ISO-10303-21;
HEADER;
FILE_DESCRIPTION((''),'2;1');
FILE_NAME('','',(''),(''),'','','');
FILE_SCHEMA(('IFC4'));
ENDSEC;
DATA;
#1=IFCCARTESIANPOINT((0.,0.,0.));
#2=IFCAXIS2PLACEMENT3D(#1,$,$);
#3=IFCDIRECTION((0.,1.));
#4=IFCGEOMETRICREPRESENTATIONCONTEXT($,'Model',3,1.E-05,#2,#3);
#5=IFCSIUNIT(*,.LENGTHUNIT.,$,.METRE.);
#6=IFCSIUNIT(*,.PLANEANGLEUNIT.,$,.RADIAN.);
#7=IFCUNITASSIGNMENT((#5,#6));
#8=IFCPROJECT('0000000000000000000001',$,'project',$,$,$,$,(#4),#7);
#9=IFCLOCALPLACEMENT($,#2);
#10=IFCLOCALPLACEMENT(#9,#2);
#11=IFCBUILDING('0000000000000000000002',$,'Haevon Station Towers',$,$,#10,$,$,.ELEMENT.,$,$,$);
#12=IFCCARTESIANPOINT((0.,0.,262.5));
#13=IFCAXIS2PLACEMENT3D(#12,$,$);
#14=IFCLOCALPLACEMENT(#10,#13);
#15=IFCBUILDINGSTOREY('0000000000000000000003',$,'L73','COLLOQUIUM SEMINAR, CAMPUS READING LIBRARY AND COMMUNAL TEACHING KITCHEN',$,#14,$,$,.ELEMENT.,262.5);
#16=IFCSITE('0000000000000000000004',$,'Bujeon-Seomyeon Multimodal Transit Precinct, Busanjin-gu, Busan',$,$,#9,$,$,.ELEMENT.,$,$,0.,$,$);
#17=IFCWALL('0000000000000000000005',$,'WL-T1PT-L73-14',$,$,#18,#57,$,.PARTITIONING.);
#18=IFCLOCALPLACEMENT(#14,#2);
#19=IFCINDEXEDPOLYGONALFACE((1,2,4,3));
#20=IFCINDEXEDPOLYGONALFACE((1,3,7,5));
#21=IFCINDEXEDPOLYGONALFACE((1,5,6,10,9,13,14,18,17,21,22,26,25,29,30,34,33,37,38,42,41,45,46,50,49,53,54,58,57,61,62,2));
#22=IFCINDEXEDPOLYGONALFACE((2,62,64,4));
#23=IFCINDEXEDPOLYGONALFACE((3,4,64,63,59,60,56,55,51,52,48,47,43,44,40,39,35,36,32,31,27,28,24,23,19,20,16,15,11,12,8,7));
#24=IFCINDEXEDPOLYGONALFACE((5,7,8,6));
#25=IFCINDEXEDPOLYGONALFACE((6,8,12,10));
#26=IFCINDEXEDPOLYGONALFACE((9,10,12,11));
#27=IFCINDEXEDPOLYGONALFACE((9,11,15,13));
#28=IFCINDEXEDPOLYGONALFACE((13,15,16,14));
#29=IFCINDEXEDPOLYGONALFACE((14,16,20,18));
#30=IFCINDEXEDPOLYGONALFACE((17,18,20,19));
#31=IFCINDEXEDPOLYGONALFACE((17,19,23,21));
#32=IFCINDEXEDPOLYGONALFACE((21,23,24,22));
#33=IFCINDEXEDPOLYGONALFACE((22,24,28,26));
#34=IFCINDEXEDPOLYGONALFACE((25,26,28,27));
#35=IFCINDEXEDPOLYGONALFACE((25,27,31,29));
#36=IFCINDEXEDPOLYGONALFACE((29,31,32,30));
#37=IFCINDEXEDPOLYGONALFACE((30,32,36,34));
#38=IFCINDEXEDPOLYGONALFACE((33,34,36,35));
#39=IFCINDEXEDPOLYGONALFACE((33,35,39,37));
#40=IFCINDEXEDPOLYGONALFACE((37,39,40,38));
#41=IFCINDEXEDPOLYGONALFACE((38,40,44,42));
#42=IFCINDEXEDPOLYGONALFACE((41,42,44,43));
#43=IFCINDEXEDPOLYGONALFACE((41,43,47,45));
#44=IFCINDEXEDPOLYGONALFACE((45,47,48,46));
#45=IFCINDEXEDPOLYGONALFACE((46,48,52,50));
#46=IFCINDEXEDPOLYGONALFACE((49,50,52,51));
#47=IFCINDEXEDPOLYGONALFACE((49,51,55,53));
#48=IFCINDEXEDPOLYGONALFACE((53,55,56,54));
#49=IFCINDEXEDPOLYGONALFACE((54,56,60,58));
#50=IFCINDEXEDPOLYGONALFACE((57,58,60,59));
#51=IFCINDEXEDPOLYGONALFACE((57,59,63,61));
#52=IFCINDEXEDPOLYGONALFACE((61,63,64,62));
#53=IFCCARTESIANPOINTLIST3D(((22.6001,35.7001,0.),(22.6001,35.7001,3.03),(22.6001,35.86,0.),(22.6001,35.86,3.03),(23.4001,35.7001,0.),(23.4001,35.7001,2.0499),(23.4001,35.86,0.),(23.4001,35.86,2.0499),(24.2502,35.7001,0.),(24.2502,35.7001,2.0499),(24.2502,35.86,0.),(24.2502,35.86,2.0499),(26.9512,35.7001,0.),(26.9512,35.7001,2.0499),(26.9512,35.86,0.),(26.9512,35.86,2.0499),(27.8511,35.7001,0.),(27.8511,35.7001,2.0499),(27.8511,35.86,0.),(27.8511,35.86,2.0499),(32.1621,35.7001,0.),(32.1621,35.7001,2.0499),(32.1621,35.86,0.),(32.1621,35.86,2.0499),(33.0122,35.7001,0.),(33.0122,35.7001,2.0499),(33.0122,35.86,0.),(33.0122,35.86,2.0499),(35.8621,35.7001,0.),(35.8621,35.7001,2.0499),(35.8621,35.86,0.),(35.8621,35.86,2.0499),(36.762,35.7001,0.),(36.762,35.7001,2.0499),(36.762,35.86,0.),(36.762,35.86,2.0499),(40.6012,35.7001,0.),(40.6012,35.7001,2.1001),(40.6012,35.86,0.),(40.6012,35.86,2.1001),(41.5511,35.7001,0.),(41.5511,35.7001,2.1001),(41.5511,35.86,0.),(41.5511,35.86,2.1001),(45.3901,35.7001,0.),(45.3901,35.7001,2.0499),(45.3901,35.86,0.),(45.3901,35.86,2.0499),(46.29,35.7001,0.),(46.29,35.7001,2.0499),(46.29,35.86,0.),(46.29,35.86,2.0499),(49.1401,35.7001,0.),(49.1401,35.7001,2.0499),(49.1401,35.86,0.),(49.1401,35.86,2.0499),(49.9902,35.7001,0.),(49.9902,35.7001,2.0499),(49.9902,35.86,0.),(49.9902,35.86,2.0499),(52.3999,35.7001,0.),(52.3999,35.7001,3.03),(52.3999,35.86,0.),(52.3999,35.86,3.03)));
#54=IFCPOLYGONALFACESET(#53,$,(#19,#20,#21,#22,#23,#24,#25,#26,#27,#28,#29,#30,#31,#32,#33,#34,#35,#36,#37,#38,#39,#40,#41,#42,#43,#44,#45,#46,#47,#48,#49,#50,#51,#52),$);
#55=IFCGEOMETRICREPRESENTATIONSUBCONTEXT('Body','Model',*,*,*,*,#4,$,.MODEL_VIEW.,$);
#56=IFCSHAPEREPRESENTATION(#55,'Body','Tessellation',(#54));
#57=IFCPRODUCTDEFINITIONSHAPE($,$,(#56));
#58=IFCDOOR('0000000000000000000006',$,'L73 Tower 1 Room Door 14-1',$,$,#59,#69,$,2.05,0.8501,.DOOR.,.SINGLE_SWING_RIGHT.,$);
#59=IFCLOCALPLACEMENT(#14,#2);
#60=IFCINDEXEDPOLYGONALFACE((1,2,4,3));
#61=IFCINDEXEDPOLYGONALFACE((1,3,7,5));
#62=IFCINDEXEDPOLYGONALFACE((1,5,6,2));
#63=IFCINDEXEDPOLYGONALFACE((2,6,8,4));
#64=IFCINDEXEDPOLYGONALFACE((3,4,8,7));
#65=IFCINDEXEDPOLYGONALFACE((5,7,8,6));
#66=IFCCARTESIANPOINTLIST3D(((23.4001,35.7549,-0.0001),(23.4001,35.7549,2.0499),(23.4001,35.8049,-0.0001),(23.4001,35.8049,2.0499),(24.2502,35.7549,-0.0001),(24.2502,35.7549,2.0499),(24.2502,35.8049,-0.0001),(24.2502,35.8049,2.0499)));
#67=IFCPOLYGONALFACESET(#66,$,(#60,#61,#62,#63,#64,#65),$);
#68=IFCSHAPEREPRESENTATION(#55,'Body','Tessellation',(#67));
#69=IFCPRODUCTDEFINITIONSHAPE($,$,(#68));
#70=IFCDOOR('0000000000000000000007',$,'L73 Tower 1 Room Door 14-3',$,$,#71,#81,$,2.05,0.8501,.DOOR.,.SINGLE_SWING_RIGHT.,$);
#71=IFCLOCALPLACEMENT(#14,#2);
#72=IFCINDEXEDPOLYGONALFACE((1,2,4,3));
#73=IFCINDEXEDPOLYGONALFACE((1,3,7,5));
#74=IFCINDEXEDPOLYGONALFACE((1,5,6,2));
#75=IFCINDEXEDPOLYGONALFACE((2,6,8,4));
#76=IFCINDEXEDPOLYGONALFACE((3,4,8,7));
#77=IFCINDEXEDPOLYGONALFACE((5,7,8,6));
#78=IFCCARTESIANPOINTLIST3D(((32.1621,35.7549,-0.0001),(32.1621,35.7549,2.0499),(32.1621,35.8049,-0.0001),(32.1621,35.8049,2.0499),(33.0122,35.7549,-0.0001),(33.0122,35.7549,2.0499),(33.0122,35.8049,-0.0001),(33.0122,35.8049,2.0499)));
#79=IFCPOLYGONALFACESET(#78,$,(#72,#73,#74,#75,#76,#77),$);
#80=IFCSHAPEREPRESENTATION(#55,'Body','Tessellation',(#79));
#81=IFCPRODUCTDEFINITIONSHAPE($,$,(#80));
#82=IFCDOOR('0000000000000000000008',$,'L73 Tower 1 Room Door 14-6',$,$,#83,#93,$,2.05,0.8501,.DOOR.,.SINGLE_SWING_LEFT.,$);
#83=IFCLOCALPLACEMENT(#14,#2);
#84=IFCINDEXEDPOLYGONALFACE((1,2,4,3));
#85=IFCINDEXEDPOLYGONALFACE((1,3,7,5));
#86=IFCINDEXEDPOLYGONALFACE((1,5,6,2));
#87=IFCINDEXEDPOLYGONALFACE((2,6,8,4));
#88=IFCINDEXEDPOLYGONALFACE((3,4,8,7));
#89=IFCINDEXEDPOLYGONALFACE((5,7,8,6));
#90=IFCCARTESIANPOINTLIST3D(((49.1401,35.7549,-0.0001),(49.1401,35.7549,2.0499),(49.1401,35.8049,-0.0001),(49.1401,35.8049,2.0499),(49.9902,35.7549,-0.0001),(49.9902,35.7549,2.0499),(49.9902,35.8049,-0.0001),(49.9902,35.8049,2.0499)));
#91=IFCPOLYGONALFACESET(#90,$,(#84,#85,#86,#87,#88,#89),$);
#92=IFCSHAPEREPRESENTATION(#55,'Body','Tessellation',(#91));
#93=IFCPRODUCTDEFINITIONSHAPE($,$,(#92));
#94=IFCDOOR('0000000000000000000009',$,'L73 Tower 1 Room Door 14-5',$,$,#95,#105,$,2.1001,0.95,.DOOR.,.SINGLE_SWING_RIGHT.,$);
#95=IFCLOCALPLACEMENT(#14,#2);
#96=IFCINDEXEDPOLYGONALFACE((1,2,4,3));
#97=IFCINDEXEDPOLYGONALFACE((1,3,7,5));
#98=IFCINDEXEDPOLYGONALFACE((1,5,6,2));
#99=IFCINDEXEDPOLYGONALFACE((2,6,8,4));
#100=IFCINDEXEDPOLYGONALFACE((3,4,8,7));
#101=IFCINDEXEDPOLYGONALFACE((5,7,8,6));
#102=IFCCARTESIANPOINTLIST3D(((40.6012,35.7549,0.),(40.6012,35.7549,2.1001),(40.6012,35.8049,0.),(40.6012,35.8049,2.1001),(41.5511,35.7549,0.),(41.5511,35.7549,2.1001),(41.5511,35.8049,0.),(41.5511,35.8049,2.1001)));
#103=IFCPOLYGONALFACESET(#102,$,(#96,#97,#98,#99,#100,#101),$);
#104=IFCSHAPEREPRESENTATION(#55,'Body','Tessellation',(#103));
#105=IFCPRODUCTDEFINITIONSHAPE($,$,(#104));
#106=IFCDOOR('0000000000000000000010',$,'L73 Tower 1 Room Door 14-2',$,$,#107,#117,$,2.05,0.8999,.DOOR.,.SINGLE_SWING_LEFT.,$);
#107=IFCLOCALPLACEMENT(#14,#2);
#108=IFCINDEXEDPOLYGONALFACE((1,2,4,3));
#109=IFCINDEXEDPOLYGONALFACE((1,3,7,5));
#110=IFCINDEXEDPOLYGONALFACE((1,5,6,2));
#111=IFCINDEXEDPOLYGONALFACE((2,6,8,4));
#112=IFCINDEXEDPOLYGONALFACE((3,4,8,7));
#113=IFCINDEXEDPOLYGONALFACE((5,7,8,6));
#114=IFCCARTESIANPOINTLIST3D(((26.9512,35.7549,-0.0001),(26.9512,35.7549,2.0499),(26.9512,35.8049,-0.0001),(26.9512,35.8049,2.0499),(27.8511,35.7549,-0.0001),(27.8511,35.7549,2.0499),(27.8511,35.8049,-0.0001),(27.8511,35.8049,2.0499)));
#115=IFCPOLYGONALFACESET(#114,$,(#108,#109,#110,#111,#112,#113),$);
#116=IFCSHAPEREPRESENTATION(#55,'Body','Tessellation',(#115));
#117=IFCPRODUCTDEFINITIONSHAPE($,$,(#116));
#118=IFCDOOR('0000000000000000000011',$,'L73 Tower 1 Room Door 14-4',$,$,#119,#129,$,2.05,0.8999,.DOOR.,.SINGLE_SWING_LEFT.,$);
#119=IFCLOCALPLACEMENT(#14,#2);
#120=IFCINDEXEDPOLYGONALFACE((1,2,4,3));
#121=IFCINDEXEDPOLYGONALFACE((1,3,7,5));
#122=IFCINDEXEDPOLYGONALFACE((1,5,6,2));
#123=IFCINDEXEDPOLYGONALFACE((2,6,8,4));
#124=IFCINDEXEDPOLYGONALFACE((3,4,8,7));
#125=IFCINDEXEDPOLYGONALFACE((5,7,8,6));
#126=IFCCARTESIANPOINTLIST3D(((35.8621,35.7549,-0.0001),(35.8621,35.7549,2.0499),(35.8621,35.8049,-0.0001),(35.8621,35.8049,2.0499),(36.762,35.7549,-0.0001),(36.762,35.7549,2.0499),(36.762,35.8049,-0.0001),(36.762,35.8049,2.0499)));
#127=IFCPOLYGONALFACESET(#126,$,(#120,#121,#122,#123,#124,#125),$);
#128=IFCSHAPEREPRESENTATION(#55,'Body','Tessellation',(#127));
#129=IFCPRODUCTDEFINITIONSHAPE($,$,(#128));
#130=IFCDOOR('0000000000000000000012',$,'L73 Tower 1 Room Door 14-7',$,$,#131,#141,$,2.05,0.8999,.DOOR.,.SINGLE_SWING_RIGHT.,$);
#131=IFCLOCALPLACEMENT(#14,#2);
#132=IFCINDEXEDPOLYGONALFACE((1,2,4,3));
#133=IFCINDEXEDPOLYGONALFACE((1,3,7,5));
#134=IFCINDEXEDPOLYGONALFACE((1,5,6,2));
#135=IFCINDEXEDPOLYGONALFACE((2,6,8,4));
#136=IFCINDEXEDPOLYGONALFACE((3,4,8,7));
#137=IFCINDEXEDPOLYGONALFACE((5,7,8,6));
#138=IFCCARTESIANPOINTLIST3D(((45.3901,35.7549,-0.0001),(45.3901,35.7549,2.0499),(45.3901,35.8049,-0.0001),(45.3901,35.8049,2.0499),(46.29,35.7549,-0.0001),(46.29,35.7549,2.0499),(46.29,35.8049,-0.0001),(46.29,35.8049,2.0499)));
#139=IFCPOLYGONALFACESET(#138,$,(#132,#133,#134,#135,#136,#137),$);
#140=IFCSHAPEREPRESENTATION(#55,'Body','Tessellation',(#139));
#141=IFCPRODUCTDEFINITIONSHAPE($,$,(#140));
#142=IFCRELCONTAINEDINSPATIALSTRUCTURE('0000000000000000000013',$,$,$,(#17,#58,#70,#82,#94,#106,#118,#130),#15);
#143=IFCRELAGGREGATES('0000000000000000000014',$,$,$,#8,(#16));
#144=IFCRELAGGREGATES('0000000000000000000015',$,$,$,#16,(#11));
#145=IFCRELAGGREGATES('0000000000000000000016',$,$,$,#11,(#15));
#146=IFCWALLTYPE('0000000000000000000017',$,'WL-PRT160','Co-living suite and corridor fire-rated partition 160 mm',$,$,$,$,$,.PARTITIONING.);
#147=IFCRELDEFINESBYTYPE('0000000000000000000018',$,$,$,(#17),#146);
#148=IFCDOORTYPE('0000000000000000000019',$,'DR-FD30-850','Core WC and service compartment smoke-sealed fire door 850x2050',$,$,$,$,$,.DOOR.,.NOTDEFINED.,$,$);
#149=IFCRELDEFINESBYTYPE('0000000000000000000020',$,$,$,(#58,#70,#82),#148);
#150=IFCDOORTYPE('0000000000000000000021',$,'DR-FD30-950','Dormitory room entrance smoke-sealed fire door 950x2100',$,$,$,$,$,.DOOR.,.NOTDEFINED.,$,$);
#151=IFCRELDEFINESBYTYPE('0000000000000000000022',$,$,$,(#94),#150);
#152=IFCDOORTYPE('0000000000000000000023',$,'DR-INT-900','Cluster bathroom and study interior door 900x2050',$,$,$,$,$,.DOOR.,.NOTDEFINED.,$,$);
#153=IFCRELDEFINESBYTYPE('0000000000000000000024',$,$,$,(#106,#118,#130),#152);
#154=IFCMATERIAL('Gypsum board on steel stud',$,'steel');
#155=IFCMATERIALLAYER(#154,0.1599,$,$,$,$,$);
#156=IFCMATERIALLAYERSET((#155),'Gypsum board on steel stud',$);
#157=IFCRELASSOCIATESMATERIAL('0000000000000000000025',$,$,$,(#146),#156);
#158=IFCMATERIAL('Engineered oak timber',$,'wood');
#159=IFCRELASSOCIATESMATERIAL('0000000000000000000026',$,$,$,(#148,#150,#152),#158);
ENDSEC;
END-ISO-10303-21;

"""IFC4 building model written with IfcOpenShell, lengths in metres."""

from ifc_helpers import new_model, si_unit, direction, frame, frame_2d, origin, place, context, subcontext, project, spatial, rectangle, extrude, material, layer, layer_set, type_object, element, fill, save


model = new_model("IFC4")

# Units and contexts
model_context = context("Model", 3, precision=1e-05, world=origin(), true_north=direction((0.0, 1.0)))
body_context = subcontext(model_context, "Body", "Model", "MODEL_VIEW")
ifc_project = project(units=[si_unit("LENGTHUNIT", "METRE"), si_unit("PLANEANGLEUNIT", "RADIAN")], contexts=[model_context])

# Site, building, storey
site_placement = place(None, origin())
site = spatial("IfcSite", under=ifc_project, at=site_placement, Name="Bujeon-Seomyeon Multimodal Transit Precinct, Busanjin-gu, Busan", CompositionType="ELEMENT", RefElevation=0.0)
building_placement = place(site_placement, origin())
building = spatial("IfcBuilding", under=site, at=building_placement, Name="Haevon Station Towers", CompositionType="ELEMENT")
storey_placement = place(building_placement, frame((0.0, 0.0, 262.5)))
storey = spatial("IfcBuildingStorey", under=building, at=storey_placement, Name="L73", Description="COLLOQUIUM SEMINAR, CAMPUS READING LIBRARY AND COMMUNAL TEACHING KITCHEN", CompositionType="ELEMENT", Elevation=262.5)

# Shared definitions
ifc_material_1 = material(Name="Gypsum board on steel stud", Category="steel")

# Wall, openings, doors
ifc_layer_1 = layer(ifc_material_1, 0.1599)
ifc_layer_set_1 = layer_set([ifc_layer_1], Name="Gypsum board on steel stud")
wall_type_1 = type_object("IfcWallType", Name="WL-PRT160", Description="Co-living suite and corridor fire-rated partition 160 mm", PredefinedType="PARTITIONING", material=ifc_layer_set_1)
wall_1_placement = place(storey_placement, frame((22.6001, 35.78, 0.0), z_axis=(0.0, 0.0, 1.0), x_axis=(1.0, 0.0, 0.0)))
wall_1 = element("IfcWall", 1, at=wall_1_placement, inside=storey, type_object=wall_type_1, Name="WL-T1PT-L73-14", PredefinedType="PARTITIONING", context=body_context, shape_type="SweptSolid", body=[
    extrude(rectangle(XDim=29.7998, YDim=0.1599, at=frame_2d((14.8999, 0.0))), origin(), (0.0, 0.0, 1.0), 3.03),
])
opening_1_placement = place(wall_1_placement, frame((0.8, 0.0, 0.0)))
opening_1 = element("IfcOpeningElement", 2, at=opening_1_placement, cuts=wall_1, PredefinedType="OPENING", context=body_context, shape_type="SweptSolid", body=[
    extrude(rectangle(XDim=0.8501, YDim=2.05, at=frame_2d((0.425, 1.0249))), frame((0.0, 0.0898, 0.0), z_axis=(0.0, -1.0, 0.0), x_axis=(1.0, 0.0, 0.0)), (0.0, 0.0, 1.0), 0.1799),
])
opening_2_placement = place(wall_1_placement, frame((4.3511, 0.0, 0.0)))
opening_2 = element("IfcOpeningElement", 3, at=opening_2_placement, cuts=wall_1, PredefinedType="OPENING", context=body_context, shape_type="SweptSolid", body=[
    extrude(rectangle(XDim=0.8999, YDim=2.05, at=frame_2d((0.45, 1.0249))), frame((0.0, 0.0898, 0.0), z_axis=(0.0, -1.0, 0.0), x_axis=(1.0, 0.0, 0.0)), (0.0, 0.0, 1.0), 0.1799),
])
opening_3_placement = place(wall_1_placement, frame((9.562, 0.0, 0.0)))
opening_3 = element("IfcOpeningElement", 4, at=opening_3_placement, cuts=wall_1, PredefinedType="OPENING", context=body_context, shape_type="SweptSolid", body=[
    extrude(rectangle(XDim=0.8501, YDim=2.05, at=frame_2d((0.425, 1.0249))), frame((0.0, 0.0898, 0.0), z_axis=(0.0, -1.0, 0.0), x_axis=(1.0, 0.0, 0.0)), (0.0, 0.0, 1.0), 0.1799),
])
opening_4_placement = place(wall_1_placement, frame((13.262, 0.0, 0.0)))
opening_4 = element("IfcOpeningElement", 5, at=opening_4_placement, cuts=wall_1, PredefinedType="OPENING", context=body_context, shape_type="SweptSolid", body=[
    extrude(rectangle(XDim=0.8999, YDim=2.05, at=frame_2d((0.45, 1.0249))), frame((0.0, 0.0898, 0.0), z_axis=(0.0, -1.0, 0.0), x_axis=(1.0, 0.0, 0.0)), (0.0, 0.0, 1.0), 0.1799),
])
opening_5_placement = place(wall_1_placement, frame((18.001, 0.0, 0.0)))
opening_5 = element("IfcOpeningElement", 6, at=opening_5_placement, cuts=wall_1, PredefinedType="OPENING", context=body_context, shape_type="SweptSolid", body=[
    extrude(rectangle(XDim=0.95, YDim=2.1001, at=frame_2d((0.4751, 1.05))), frame((0.0, 0.0898, 0.0), z_axis=(0.0, -1.0, 0.0), x_axis=(1.0, 0.0, 0.0)), (0.0, 0.0, 1.0), 0.1799),
])
opening_6_placement = place(wall_1_placement, frame((26.54, 0.0, 0.0)))
opening_6 = element("IfcOpeningElement", 7, at=opening_6_placement, cuts=wall_1, PredefinedType="OPENING", context=body_context, shape_type="SweptSolid", body=[
    extrude(rectangle(XDim=0.8501, YDim=2.05, at=frame_2d((0.425, 1.0249))), frame((0.0, 0.0898, 0.0), z_axis=(0.0, -1.0, 0.0), x_axis=(1.0, 0.0, 0.0)), (0.0, 0.0, 1.0), 0.1799),
])
opening_7_placement = place(wall_1_placement, frame((22.79, 0.0, 0.0)))
opening_7 = element("IfcOpeningElement", 8, at=opening_7_placement, cuts=wall_1, PredefinedType="OPENING", context=body_context, shape_type="SweptSolid", body=[
    extrude(rectangle(XDim=0.8999, YDim=2.05, at=frame_2d((0.45, 1.0249))), frame((0.0, 0.0898, 0.0), z_axis=(0.0, -1.0, 0.0), x_axis=(1.0, 0.0, 0.0)), (0.0, 0.0, 1.0), 0.1799),
])
ifc_material_2 = material(Name="Engineered oak timber", Category="wood")
door_type_1 = type_object("IfcDoorType", Name="DR-FD30-850", Description="Core WC and service compartment smoke-sealed fire door 850x2050", OperationType="NOTDEFINED", PredefinedType="DOOR", material=ifc_material_2)
door_1_placement = place(opening_1_placement, origin())
door_1 = element("IfcDoor", 9, at=door_1_placement, inside=storey, type_object=door_type_1, Name="L73 Tower 1 Room Door 14-1", OperationType="SINGLE_SWING_RIGHT", OverallHeight=2.05, OverallWidth=0.8501, PredefinedType="DOOR", context=body_context, shape_type="SweptSolid", body=[
    extrude(rectangle(XDim=0.8501, YDim=2.05, at=frame_2d((0.425, 1.0249))), frame((0.0, 0.0249, 0.0), z_axis=(0.0, -1.0, 0.0), x_axis=(1.0, 0.0, 0.0)), (0.0, 0.0, 1.0), 0.05),
])
fill(opening_1, door_1)
door_2_placement = place(opening_3_placement, origin())
door_2 = element("IfcDoor", 10, at=door_2_placement, inside=storey, type_object=door_type_1, Name="L73 Tower 1 Room Door 14-3", OperationType="SINGLE_SWING_RIGHT", OverallHeight=2.05, OverallWidth=0.8501, PredefinedType="DOOR", context=body_context, shape_type="SweptSolid", body=[
    extrude(rectangle(XDim=0.8501, YDim=2.05, at=frame_2d((0.425, 1.0249))), frame((0.0, 0.0249, 0.0), z_axis=(0.0, -1.0, 0.0), x_axis=(1.0, 0.0, 0.0)), (0.0, 0.0, 1.0), 0.05),
])
fill(opening_3, door_2)
door_3_placement = place(opening_6_placement, origin())
door_3 = element("IfcDoor", 11, at=door_3_placement, inside=storey, type_object=door_type_1, Name="L73 Tower 1 Room Door 14-6", OperationType="SINGLE_SWING_LEFT", OverallHeight=2.05, OverallWidth=0.8501, PredefinedType="DOOR", context=body_context, shape_type="SweptSolid", body=[
    extrude(rectangle(XDim=0.8501, YDim=2.05, at=frame_2d((0.425, 1.0249))), frame((0.0, 0.0249, 0.0), z_axis=(0.0, -1.0, 0.0), x_axis=(1.0, 0.0, 0.0)), (0.0, 0.0, 1.0), 0.05),
])
fill(opening_6, door_3)
door_type_2 = type_object("IfcDoorType", Name="DR-FD30-950", Description="Dormitory room entrance smoke-sealed fire door 950x2100", OperationType="NOTDEFINED", PredefinedType="DOOR", material=ifc_material_2)
door_4_placement = place(opening_5_placement, origin())
door_4 = element("IfcDoor", 12, at=door_4_placement, inside=storey, type_object=door_type_2, Name="L73 Tower 1 Room Door 14-5", OperationType="SINGLE_SWING_RIGHT", OverallHeight=2.1001, OverallWidth=0.95, PredefinedType="DOOR", context=body_context, shape_type="SweptSolid", body=[
    extrude(rectangle(XDim=0.95, YDim=2.1001, at=frame_2d((0.4751, 1.05))), frame((0.0, 0.0249, 0.0), z_axis=(0.0, -1.0, 0.0), x_axis=(1.0, 0.0, 0.0)), (0.0, 0.0, 1.0), 0.05),
])
fill(opening_5, door_4)
door_type_3 = type_object("IfcDoorType", Name="DR-INT-900", Description="Cluster bathroom and study interior door 900x2050", OperationType="NOTDEFINED", PredefinedType="DOOR", material=ifc_material_2)
door_5_placement = place(opening_2_placement, origin())
door_5 = element("IfcDoor", 13, at=door_5_placement, inside=storey, type_object=door_type_3, Name="L73 Tower 1 Room Door 14-2", OperationType="SINGLE_SWING_LEFT", OverallHeight=2.05, OverallWidth=0.8999, PredefinedType="DOOR", context=body_context, shape_type="SweptSolid", body=[
    extrude(rectangle(XDim=0.8999, YDim=2.05, at=frame_2d((0.45, 1.0249))), frame((0.0, 0.0249, 0.0), z_axis=(0.0, -1.0, 0.0), x_axis=(1.0, 0.0, 0.0)), (0.0, 0.0, 1.0), 0.05),
])
fill(opening_2, door_5)
door_6_placement = place(opening_4_placement, origin())
door_6 = element("IfcDoor", 14, at=door_6_placement, inside=storey, type_object=door_type_3, Name="L73 Tower 1 Room Door 14-4", OperationType="SINGLE_SWING_LEFT", OverallHeight=2.05, OverallWidth=0.8999, PredefinedType="DOOR", context=body_context, shape_type="SweptSolid", body=[
    extrude(rectangle(XDim=0.8999, YDim=2.05, at=frame_2d((0.45, 1.0249))), frame((0.0, 0.0249, 0.0), z_axis=(0.0, -1.0, 0.0), x_axis=(1.0, 0.0, 0.0)), (0.0, 0.0, 1.0), 0.05),
])
fill(opening_4, door_6)
door_7_placement = place(opening_7_placement, origin())
door_7 = element("IfcDoor", 15, at=door_7_placement, inside=storey, type_object=door_type_3, Name="L73 Tower 1 Room Door 14-7", OperationType="SINGLE_SWING_RIGHT", OverallHeight=2.05, OverallWidth=0.8999, PredefinedType="DOOR", context=body_context, shape_type="SweptSolid", body=[
    extrude(rectangle(XDim=0.8999, YDim=2.05, at=frame_2d((0.45, 1.0249))), frame((0.0, 0.0249, 0.0), z_axis=(0.0, -1.0, 0.0), x_axis=(1.0, 0.0, 0.0)), (0.0, 0.0, 1.0), 0.05),
])
fill(opening_7, door_7)

save(model, "model.ifc")
